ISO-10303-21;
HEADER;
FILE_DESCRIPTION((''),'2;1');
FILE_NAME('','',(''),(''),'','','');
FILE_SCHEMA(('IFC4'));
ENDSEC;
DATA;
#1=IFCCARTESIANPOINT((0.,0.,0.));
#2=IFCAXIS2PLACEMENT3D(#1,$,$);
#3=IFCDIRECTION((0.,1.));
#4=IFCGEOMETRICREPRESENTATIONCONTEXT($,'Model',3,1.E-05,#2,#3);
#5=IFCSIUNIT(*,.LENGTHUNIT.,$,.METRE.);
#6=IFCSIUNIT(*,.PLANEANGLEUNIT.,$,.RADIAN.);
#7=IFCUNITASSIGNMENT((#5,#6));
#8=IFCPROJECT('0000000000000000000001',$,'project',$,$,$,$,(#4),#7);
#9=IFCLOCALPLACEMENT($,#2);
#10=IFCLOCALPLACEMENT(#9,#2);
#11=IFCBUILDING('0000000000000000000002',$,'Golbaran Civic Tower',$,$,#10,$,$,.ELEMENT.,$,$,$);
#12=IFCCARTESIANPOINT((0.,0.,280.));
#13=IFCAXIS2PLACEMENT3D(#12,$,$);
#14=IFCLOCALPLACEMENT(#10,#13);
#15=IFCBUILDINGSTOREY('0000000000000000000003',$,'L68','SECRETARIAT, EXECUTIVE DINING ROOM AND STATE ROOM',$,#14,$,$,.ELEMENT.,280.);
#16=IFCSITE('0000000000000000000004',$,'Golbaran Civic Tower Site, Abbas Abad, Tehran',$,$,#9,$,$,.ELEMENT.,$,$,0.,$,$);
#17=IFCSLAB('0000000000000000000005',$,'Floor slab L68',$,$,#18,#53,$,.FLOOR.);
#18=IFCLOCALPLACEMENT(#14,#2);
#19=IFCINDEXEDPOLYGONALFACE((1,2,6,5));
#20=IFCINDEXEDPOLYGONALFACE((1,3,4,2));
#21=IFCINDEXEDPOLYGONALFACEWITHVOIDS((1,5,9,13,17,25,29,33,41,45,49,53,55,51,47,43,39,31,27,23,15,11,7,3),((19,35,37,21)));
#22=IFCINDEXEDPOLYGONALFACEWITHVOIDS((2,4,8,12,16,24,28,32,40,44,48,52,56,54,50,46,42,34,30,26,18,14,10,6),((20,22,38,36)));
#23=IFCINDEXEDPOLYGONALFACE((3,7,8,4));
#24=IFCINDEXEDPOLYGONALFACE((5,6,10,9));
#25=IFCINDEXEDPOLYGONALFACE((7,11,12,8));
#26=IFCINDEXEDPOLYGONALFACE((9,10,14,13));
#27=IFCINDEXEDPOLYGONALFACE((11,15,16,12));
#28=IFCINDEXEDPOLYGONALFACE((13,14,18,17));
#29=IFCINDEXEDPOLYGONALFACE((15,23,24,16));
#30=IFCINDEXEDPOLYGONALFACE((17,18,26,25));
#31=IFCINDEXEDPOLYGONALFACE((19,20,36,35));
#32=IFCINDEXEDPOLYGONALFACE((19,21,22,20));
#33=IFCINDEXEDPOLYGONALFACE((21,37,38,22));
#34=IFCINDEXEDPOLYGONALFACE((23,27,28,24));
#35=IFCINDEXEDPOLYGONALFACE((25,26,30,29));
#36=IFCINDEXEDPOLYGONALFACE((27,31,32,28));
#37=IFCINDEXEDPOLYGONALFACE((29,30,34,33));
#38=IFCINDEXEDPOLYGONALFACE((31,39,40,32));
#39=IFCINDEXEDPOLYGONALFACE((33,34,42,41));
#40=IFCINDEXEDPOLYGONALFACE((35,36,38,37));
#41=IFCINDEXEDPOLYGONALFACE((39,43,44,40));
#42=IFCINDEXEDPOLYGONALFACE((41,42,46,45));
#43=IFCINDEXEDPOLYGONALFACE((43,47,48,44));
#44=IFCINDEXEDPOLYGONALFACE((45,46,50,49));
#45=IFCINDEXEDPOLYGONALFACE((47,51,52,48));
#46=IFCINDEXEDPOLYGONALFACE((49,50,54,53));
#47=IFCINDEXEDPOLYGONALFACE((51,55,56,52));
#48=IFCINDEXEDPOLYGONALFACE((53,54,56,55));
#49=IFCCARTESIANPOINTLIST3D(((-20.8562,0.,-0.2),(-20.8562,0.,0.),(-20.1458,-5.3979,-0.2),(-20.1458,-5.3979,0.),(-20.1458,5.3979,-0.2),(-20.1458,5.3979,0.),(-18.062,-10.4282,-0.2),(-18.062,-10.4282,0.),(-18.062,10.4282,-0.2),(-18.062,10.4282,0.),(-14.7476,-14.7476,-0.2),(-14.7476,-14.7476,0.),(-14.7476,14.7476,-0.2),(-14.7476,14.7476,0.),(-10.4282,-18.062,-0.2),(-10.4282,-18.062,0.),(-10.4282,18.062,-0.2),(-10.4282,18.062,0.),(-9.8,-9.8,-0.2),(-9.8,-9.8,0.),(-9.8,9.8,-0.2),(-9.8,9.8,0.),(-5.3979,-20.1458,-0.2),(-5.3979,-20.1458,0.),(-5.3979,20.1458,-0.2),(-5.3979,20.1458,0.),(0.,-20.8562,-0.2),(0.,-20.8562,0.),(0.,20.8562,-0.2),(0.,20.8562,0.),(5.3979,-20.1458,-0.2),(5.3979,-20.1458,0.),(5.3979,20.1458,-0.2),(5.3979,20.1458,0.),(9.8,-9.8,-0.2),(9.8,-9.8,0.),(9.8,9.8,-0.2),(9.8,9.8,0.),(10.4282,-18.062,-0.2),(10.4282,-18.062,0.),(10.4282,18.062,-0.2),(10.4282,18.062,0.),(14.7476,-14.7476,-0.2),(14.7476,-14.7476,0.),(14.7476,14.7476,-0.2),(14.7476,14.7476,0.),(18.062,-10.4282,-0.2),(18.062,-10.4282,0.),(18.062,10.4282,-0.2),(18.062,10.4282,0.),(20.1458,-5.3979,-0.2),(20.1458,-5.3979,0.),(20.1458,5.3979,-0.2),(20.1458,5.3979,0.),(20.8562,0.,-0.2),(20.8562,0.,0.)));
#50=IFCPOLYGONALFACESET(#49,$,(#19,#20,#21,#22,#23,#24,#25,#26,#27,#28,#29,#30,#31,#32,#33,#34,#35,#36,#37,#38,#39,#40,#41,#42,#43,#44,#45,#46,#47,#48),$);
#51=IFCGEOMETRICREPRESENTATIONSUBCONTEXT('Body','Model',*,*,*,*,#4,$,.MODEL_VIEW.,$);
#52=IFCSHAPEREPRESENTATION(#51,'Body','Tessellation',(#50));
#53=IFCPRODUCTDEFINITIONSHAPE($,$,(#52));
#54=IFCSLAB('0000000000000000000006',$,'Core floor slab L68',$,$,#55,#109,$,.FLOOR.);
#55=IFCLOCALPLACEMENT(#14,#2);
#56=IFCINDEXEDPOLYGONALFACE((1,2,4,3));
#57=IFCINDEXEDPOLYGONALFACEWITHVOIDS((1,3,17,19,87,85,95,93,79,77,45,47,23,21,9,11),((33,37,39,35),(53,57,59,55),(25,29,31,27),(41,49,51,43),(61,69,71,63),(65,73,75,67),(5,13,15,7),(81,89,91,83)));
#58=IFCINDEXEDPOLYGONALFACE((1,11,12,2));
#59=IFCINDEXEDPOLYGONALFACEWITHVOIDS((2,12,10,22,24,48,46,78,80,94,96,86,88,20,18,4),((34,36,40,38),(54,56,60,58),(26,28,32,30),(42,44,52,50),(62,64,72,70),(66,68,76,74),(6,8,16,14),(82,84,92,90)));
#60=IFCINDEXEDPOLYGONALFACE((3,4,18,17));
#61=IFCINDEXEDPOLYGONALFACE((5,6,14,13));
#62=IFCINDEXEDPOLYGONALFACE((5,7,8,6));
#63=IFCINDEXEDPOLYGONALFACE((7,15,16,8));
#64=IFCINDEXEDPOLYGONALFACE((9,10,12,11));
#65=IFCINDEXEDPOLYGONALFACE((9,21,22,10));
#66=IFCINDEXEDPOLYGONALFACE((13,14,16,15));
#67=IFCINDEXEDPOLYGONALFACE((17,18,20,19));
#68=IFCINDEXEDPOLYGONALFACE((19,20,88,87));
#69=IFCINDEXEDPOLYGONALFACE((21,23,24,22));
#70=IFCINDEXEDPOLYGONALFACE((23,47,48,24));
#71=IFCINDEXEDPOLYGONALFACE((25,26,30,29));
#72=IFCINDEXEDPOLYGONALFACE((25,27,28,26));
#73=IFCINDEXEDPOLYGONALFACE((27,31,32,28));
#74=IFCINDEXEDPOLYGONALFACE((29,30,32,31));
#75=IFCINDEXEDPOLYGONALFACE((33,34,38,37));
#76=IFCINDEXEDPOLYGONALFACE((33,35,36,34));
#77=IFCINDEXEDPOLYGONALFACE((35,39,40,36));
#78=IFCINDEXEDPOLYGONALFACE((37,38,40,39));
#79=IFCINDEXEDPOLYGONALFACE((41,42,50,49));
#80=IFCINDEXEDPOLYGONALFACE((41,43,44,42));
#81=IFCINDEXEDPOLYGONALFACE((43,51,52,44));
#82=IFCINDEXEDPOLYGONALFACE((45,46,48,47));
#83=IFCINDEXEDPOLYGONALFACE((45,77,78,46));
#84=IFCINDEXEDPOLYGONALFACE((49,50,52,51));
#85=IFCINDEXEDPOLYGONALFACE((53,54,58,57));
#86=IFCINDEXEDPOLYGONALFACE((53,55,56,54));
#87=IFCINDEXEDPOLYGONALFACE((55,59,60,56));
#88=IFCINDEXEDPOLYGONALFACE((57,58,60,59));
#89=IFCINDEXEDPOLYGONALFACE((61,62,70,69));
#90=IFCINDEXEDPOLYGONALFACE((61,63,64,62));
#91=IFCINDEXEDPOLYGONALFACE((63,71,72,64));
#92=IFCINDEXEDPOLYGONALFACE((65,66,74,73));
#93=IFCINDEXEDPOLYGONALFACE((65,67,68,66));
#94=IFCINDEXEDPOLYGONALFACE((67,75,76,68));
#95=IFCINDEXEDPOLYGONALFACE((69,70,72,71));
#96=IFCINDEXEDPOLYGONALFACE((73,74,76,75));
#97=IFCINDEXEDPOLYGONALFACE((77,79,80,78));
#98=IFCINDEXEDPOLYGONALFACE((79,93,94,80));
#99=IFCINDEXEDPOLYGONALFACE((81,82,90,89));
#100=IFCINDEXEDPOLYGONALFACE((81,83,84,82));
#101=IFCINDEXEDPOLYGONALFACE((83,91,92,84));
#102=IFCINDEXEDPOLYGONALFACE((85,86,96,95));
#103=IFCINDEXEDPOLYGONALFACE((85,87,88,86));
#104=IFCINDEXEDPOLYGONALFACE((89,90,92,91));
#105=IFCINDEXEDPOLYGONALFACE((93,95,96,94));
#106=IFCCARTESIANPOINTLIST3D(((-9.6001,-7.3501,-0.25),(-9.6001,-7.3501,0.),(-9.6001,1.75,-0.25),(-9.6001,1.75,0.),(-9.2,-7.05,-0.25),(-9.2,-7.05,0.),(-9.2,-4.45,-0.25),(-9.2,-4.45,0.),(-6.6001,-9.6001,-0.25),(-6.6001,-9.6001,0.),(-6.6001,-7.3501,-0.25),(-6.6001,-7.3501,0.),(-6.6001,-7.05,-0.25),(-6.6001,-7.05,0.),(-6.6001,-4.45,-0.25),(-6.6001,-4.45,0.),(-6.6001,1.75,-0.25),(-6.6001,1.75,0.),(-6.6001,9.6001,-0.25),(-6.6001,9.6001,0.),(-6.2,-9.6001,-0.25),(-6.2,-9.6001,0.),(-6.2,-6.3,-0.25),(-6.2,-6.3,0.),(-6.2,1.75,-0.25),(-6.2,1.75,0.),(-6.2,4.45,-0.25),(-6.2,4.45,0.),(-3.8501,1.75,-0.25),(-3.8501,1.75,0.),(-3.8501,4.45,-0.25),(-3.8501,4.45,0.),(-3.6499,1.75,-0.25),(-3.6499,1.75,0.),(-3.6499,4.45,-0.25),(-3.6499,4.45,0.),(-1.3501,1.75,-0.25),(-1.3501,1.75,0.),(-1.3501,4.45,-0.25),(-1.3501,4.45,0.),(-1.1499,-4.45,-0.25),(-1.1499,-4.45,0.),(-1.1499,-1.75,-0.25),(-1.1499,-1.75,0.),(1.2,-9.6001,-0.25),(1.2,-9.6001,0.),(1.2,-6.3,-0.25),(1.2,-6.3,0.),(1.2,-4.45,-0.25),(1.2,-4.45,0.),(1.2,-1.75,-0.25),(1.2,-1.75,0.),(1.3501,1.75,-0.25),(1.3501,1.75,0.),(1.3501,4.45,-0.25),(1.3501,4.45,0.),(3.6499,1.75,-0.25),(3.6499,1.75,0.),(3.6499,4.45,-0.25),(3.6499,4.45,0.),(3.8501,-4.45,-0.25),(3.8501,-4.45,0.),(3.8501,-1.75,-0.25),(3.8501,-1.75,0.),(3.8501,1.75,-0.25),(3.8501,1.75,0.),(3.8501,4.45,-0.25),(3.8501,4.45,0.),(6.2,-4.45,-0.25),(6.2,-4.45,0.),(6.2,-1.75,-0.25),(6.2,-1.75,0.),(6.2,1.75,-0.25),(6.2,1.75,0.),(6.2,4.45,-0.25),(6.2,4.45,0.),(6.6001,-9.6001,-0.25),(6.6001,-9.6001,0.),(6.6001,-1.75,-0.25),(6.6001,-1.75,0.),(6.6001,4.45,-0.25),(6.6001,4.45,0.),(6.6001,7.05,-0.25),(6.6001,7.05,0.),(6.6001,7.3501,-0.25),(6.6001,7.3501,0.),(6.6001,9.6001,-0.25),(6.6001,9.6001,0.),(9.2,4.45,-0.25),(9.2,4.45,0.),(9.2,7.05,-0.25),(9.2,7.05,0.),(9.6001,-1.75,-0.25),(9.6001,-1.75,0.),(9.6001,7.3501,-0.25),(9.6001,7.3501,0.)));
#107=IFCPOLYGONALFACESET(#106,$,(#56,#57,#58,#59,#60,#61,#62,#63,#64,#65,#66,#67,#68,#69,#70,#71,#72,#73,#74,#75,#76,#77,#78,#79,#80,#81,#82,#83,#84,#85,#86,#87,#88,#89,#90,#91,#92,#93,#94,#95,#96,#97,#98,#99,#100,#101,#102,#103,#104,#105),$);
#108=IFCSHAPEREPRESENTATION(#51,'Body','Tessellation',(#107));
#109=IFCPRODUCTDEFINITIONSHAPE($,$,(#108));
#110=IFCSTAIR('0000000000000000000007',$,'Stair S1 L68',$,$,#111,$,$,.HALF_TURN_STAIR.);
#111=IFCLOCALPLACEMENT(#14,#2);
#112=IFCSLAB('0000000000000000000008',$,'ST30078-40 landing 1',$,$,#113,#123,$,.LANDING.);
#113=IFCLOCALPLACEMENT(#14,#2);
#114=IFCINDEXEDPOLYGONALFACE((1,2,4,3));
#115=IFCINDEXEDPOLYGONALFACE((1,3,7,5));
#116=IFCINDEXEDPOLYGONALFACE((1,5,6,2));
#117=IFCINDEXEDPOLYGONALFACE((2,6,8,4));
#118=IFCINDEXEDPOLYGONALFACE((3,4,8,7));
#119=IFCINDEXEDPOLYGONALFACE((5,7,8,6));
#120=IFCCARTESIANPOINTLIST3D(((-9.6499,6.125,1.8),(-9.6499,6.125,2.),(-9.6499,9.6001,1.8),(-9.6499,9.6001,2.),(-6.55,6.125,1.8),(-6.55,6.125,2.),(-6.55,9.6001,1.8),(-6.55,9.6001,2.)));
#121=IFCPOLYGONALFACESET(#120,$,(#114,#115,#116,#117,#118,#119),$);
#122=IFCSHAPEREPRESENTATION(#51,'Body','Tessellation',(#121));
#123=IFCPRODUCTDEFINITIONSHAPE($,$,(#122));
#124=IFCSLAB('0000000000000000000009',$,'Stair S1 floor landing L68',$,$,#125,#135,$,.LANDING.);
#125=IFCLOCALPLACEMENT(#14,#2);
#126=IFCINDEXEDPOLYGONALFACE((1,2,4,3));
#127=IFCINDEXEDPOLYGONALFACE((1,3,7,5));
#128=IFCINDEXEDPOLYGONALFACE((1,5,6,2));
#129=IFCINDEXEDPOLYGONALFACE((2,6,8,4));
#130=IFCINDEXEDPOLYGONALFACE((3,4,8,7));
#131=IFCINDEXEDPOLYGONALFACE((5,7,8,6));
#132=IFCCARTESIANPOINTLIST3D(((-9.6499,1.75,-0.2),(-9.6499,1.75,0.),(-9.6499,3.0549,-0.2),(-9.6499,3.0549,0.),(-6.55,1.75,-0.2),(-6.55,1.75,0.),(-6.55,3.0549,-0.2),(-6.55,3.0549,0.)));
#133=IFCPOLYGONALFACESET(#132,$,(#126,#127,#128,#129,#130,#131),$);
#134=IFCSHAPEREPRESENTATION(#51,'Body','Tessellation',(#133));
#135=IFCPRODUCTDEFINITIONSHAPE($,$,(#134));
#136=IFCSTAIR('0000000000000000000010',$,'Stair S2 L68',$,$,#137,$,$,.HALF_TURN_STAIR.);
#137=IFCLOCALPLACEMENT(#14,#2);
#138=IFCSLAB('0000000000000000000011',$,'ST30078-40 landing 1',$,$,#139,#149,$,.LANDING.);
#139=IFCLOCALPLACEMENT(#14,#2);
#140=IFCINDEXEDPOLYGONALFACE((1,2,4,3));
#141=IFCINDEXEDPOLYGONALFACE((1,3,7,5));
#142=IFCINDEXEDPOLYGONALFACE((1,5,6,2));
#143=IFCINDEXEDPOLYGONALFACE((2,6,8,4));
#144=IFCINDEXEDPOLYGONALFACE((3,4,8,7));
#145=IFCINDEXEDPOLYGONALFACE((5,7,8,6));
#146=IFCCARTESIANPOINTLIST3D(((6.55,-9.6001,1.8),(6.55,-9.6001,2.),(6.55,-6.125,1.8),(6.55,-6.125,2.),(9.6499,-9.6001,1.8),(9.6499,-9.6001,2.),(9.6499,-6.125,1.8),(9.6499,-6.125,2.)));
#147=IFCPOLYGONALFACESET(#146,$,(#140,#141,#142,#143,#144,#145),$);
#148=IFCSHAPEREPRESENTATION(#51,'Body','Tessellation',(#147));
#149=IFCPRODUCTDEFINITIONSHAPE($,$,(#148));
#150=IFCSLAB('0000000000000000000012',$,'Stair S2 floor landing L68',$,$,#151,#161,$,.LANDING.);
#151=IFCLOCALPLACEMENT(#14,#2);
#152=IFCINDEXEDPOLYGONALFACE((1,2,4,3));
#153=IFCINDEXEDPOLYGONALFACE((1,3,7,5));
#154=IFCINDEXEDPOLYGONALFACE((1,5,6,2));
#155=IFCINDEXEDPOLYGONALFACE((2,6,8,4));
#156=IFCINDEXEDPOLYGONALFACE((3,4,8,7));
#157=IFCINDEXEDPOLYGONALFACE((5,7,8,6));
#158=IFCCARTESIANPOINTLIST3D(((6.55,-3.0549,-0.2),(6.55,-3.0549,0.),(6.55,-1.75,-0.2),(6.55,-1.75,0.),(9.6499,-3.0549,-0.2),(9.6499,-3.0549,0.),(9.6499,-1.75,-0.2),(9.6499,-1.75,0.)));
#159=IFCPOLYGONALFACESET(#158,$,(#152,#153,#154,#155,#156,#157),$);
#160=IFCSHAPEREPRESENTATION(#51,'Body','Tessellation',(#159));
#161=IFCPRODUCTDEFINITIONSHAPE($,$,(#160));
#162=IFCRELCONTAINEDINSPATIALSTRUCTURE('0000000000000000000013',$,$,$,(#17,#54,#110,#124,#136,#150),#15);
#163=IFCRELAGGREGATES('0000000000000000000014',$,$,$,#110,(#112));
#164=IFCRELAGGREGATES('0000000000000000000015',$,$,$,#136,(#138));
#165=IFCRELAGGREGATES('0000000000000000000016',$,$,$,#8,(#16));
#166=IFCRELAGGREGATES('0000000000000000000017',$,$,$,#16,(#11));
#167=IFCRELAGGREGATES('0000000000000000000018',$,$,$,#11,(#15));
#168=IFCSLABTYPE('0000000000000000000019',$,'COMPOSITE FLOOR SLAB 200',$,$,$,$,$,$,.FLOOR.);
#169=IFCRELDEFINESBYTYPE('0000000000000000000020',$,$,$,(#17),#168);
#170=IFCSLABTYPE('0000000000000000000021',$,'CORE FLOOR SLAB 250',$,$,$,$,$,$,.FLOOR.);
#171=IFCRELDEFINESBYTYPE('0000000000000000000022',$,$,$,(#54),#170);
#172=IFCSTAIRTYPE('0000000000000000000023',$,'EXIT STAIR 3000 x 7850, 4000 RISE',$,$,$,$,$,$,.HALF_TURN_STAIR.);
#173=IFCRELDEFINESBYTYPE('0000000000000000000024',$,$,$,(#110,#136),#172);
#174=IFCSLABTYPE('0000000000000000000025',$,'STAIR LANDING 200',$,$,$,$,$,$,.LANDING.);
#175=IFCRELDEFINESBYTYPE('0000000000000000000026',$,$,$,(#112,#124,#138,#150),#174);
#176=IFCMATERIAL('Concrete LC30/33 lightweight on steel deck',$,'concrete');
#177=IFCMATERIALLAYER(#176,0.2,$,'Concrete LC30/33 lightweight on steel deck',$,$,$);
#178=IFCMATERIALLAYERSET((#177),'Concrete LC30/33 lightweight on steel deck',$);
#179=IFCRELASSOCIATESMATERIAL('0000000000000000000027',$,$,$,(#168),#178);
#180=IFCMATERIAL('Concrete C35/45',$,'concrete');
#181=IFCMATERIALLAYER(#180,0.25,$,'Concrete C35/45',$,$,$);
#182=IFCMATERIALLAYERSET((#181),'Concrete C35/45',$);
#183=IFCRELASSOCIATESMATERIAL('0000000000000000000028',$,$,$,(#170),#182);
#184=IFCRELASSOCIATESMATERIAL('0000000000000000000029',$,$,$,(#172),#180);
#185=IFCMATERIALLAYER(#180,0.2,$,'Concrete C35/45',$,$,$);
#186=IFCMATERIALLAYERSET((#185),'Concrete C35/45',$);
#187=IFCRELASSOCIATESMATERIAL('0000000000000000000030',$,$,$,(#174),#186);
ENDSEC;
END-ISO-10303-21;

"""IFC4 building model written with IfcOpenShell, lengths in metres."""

from ifc_helpers import new_model, si_unit, direction, frame, origin, place, context, subcontext, project, spatial, polyline, outline, extrude, material, layer, layer_set, type_object, element, aggregate, save


model = new_model("IFC4")

# Units and contexts
model_context = context("Model", 3, precision=1e-05, world=origin(), true_north=direction((0.0, 1.0)))
body_context = subcontext(model_context, "Body", "Model", "MODEL_VIEW")
ifc_project = project(units=[si_unit("LENGTHUNIT", "METRE"), si_unit("PLANEANGLEUNIT", "RADIAN")], contexts=[model_context])

# Site, building, storey
site_placement = place(None, origin())
site = spatial("IfcSite", under=ifc_project, at=site_placement, Name="Golbaran Civic Tower Site, Abbas Abad, Tehran", CompositionType="ELEMENT", RefElevation=0.0)
building_placement = place(site_placement, origin())
building = spatial("IfcBuilding", under=site, at=building_placement, Name="Golbaran Civic Tower", CompositionType="ELEMENT")
storey_placement = place(building_placement, frame((0.0, 0.0, 280.0)))
storey = spatial("IfcBuildingStorey", under=building, at=storey_placement, Name="L68", Description="SECRETARIAT, EXECUTIVE DINING ROOM AND STATE ROOM", CompositionType="ELEMENT", Elevation=280.0)

# Slabs
ifc_material_1 = material(Name="Concrete LC30/33 lightweight on steel deck", Category="concrete")
ifc_layer_1 = layer(ifc_material_1, 0.2, Name="Concrete LC30/33 lightweight on steel deck")
ifc_layer_set_1 = layer_set([ifc_layer_1], Name="Concrete LC30/33 lightweight on steel deck")
slab_type_1 = type_object("IfcSlabType", Name="COMPOSITE FLOOR SLAB 200", PredefinedType="FLOOR", material=ifc_layer_set_1)
slab_1_placement = place(storey_placement, frame((0.0, 0.0, -0.2)))
element("IfcSlab", 1, at=slab_1_placement, inside=storey, type_object=slab_type_1, Name="Floor slab L68", PredefinedType="FLOOR", context=body_context, shape_type="SweptSolid", body=[
    extrude(outline(polyline([(18.062, -10.4282), (14.7476, -14.7476), (10.4282, -18.062), (5.3979, -20.1458), (0.0, -20.8562), (-5.3979, -20.1458), (-10.4282, -18.062), (-14.7476, -14.7476), (-18.062, -10.4282), (-20.1458, -5.3979), (-20.8562, 0.0), (-20.1458, 5.3979), (-18.062, 10.4282), (-14.7476, 14.7476), (-10.4282, 18.062), (-5.3979, 20.1458), (0.0, 20.8562), (5.3979, 20.1458), (10.4282, 18.062), (14.7476, 14.7476), (18.062, 10.4282), (20.1458, 5.3979), (20.8562, 0.0), (20.1458, -5.3979), (18.062, -10.4282)]), holes=[polyline([(-9.8, 9.8), (-9.8, -9.8), (9.8, -9.8), (9.8, 9.8), (-9.8, 9.8)])]), origin(), (0.0, 0.0, 1.0), 0.2),
])
ifc_material_2 = material(Name="Concrete C35/45", Category="concrete")
ifc_layer_2 = layer(ifc_material_2, 0.25, Name="Concrete C35/45")
ifc_layer_set_2 = layer_set([ifc_layer_2], Name="Concrete C35/45")
slab_type_2 = type_object("IfcSlabType", Name="CORE FLOOR SLAB 250", PredefinedType="FLOOR", material=ifc_layer_set_2)
slab_2_placement = place(storey_placement, frame((0.0, 0.0, -0.25)))
element("IfcSlab", 2, at=slab_2_placement, inside=storey, type_object=slab_type_2, Name="Core floor slab L68", PredefinedType="FLOOR", context=body_context, shape_type="SweptSolid", body=[
    extrude(outline(polyline([(6.6001, -1.75), (6.6001, -9.6001), (1.2, -9.6001), (1.2, -6.3), (-6.2, -6.3), (-6.2, -9.6001), (-6.6001, -9.6001), (-6.6001, -7.3501), (-9.6001, -7.3501), (-9.6001, 1.75), (-6.6001, 1.75), (-6.6001, 9.6001), (6.6001, 9.6001), (6.6001, 7.3501), (9.6001, 7.3501), (9.6001, -1.75), (6.6001, -1.75)]), holes=[polyline([(9.2, 7.05), (6.6001, 7.05), (6.6001, 4.45), (9.2, 4.45), (9.2, 7.05)]), polyline([(6.2, -1.75), (3.8501, -1.75), (3.8501, -4.45), (6.2, -4.45), (6.2, -1.75)]), polyline([(6.2, 4.45), (3.8501, 4.45), (3.8501, 1.75), (6.2, 1.75), (6.2, 4.45)]), polyline([(3.6499, 4.45), (1.3501, 4.45), (1.3501, 1.75), (3.6499, 1.75), (3.6499, 4.45)]), polyline([(-1.1499, -1.75), (-1.1499, -4.45), (1.2, -4.45), (1.2, -1.75), (-1.1499, -1.75)]), polyline([(-1.3501, 4.45), (-3.6499, 4.45), (-3.6499, 1.75), (-1.3501, 1.75), (-1.3501, 4.45)]), polyline([(-3.8501, 4.45), (-6.2, 4.45), (-6.2, 1.75), (-3.8501, 1.75), (-3.8501, 4.45)]), polyline([(-6.6001, -4.45), (-9.2, -4.45), (-9.2, -7.05), (-6.6001, -7.05), (-6.6001, -4.45)])]), origin(), (0.0, 0.0, 1.0), 0.25),
])

# Stair, slab
stair_type = type_object("IfcStairType", Name="EXIT STAIR 3000 x 7850, 4000 RISE", PredefinedType="HALF_TURN_STAIR", material=ifc_material_2)
stair_1_placement = place(storey_placement, origin())
stair_1 = element("IfcStair", 3, at=stair_1_placement, inside=storey, type_object=stair_type, Name="Stair S1 L68", PredefinedType="HALF_TURN_STAIR")
ifc_layer_3 = layer(ifc_material_2, 0.2, Name="Concrete C35/45")
ifc_layer_set_3 = layer_set([ifc_layer_3], Name="Concrete C35/45")
slab_type_3 = type_object("IfcSlabType", Name="STAIR LANDING 200", PredefinedType="LANDING", material=ifc_layer_set_3)
slab_3_placement = place(storey_placement, frame((0.0, 0.0, 1.8)))
slab_3 = element("IfcSlab", 4, at=slab_3_placement, type_object=slab_type_3, Name="ST30078-40 landing 1", PredefinedType="LANDING", context=body_context, shape_type="SweptSolid", body=[
    extrude(outline(polyline([(-9.6499, 6.125), (-9.6499, 9.6001), (-6.55, 9.6001), (-6.55, 6.125), (-9.6499, 6.125)])), origin(), (0.0, 0.0, 1.0), 0.2),
])
aggregate(stair_1, [slab_3])

# Slab
slab_4_placement = place(storey_placement, frame((0.0, 0.0, -0.2)))
element("IfcSlab", 5, at=slab_4_placement, inside=storey, type_object=slab_type_3, Name="Stair S1 floor landing L68", PredefinedType="LANDING", context=body_context, shape_type="SweptSolid", body=[
    extrude(outline(polyline([(-9.6499, 1.75), (-9.6499, 3.0549), (-6.55, 3.0549), (-6.55, 1.75), (-9.6499, 1.75)])), origin(), (0.0, 0.0, 1.0), 0.2),
])

# Stair, slab
stair_2_placement = place(storey_placement, origin())
stair_2 = element("IfcStair", 6, at=stair_2_placement, inside=storey, type_object=stair_type, Name="Stair S2 L68", PredefinedType="HALF_TURN_STAIR")
slab_5_placement = place(storey_placement, frame((0.0, 0.0, 1.8)))
slab_5 = element("IfcSlab", 7, at=slab_5_placement, type_object=slab_type_3, Name="ST30078-40 landing 1", PredefinedType="LANDING", context=body_context, shape_type="SweptSolid", body=[
    extrude(outline(polyline([(9.6499, -6.125), (9.6499, -9.6001), (6.55, -9.6001), (6.55, -6.125), (9.6499, -6.125)])), origin(), (0.0, 0.0, 1.0), 0.2),
])

# Slab
slab_6_placement = place(storey_placement, frame((0.0, 0.0, -0.2)))
element("IfcSlab", 8, at=slab_6_placement, inside=storey, type_object=slab_type_3, Name="Stair S2 floor landing L68", PredefinedType="LANDING", context=body_context, shape_type="SweptSolid", body=[
    extrude(outline(polyline([(9.6499, -1.75), (9.6499, -3.0549), (6.55, -3.0549), (6.55, -1.75), (9.6499, -1.75)])), origin(), (0.0, 0.0, 1.0), 0.2),
])

aggregate(stair_2, [slab_5])

save(model, "model.ifc")
